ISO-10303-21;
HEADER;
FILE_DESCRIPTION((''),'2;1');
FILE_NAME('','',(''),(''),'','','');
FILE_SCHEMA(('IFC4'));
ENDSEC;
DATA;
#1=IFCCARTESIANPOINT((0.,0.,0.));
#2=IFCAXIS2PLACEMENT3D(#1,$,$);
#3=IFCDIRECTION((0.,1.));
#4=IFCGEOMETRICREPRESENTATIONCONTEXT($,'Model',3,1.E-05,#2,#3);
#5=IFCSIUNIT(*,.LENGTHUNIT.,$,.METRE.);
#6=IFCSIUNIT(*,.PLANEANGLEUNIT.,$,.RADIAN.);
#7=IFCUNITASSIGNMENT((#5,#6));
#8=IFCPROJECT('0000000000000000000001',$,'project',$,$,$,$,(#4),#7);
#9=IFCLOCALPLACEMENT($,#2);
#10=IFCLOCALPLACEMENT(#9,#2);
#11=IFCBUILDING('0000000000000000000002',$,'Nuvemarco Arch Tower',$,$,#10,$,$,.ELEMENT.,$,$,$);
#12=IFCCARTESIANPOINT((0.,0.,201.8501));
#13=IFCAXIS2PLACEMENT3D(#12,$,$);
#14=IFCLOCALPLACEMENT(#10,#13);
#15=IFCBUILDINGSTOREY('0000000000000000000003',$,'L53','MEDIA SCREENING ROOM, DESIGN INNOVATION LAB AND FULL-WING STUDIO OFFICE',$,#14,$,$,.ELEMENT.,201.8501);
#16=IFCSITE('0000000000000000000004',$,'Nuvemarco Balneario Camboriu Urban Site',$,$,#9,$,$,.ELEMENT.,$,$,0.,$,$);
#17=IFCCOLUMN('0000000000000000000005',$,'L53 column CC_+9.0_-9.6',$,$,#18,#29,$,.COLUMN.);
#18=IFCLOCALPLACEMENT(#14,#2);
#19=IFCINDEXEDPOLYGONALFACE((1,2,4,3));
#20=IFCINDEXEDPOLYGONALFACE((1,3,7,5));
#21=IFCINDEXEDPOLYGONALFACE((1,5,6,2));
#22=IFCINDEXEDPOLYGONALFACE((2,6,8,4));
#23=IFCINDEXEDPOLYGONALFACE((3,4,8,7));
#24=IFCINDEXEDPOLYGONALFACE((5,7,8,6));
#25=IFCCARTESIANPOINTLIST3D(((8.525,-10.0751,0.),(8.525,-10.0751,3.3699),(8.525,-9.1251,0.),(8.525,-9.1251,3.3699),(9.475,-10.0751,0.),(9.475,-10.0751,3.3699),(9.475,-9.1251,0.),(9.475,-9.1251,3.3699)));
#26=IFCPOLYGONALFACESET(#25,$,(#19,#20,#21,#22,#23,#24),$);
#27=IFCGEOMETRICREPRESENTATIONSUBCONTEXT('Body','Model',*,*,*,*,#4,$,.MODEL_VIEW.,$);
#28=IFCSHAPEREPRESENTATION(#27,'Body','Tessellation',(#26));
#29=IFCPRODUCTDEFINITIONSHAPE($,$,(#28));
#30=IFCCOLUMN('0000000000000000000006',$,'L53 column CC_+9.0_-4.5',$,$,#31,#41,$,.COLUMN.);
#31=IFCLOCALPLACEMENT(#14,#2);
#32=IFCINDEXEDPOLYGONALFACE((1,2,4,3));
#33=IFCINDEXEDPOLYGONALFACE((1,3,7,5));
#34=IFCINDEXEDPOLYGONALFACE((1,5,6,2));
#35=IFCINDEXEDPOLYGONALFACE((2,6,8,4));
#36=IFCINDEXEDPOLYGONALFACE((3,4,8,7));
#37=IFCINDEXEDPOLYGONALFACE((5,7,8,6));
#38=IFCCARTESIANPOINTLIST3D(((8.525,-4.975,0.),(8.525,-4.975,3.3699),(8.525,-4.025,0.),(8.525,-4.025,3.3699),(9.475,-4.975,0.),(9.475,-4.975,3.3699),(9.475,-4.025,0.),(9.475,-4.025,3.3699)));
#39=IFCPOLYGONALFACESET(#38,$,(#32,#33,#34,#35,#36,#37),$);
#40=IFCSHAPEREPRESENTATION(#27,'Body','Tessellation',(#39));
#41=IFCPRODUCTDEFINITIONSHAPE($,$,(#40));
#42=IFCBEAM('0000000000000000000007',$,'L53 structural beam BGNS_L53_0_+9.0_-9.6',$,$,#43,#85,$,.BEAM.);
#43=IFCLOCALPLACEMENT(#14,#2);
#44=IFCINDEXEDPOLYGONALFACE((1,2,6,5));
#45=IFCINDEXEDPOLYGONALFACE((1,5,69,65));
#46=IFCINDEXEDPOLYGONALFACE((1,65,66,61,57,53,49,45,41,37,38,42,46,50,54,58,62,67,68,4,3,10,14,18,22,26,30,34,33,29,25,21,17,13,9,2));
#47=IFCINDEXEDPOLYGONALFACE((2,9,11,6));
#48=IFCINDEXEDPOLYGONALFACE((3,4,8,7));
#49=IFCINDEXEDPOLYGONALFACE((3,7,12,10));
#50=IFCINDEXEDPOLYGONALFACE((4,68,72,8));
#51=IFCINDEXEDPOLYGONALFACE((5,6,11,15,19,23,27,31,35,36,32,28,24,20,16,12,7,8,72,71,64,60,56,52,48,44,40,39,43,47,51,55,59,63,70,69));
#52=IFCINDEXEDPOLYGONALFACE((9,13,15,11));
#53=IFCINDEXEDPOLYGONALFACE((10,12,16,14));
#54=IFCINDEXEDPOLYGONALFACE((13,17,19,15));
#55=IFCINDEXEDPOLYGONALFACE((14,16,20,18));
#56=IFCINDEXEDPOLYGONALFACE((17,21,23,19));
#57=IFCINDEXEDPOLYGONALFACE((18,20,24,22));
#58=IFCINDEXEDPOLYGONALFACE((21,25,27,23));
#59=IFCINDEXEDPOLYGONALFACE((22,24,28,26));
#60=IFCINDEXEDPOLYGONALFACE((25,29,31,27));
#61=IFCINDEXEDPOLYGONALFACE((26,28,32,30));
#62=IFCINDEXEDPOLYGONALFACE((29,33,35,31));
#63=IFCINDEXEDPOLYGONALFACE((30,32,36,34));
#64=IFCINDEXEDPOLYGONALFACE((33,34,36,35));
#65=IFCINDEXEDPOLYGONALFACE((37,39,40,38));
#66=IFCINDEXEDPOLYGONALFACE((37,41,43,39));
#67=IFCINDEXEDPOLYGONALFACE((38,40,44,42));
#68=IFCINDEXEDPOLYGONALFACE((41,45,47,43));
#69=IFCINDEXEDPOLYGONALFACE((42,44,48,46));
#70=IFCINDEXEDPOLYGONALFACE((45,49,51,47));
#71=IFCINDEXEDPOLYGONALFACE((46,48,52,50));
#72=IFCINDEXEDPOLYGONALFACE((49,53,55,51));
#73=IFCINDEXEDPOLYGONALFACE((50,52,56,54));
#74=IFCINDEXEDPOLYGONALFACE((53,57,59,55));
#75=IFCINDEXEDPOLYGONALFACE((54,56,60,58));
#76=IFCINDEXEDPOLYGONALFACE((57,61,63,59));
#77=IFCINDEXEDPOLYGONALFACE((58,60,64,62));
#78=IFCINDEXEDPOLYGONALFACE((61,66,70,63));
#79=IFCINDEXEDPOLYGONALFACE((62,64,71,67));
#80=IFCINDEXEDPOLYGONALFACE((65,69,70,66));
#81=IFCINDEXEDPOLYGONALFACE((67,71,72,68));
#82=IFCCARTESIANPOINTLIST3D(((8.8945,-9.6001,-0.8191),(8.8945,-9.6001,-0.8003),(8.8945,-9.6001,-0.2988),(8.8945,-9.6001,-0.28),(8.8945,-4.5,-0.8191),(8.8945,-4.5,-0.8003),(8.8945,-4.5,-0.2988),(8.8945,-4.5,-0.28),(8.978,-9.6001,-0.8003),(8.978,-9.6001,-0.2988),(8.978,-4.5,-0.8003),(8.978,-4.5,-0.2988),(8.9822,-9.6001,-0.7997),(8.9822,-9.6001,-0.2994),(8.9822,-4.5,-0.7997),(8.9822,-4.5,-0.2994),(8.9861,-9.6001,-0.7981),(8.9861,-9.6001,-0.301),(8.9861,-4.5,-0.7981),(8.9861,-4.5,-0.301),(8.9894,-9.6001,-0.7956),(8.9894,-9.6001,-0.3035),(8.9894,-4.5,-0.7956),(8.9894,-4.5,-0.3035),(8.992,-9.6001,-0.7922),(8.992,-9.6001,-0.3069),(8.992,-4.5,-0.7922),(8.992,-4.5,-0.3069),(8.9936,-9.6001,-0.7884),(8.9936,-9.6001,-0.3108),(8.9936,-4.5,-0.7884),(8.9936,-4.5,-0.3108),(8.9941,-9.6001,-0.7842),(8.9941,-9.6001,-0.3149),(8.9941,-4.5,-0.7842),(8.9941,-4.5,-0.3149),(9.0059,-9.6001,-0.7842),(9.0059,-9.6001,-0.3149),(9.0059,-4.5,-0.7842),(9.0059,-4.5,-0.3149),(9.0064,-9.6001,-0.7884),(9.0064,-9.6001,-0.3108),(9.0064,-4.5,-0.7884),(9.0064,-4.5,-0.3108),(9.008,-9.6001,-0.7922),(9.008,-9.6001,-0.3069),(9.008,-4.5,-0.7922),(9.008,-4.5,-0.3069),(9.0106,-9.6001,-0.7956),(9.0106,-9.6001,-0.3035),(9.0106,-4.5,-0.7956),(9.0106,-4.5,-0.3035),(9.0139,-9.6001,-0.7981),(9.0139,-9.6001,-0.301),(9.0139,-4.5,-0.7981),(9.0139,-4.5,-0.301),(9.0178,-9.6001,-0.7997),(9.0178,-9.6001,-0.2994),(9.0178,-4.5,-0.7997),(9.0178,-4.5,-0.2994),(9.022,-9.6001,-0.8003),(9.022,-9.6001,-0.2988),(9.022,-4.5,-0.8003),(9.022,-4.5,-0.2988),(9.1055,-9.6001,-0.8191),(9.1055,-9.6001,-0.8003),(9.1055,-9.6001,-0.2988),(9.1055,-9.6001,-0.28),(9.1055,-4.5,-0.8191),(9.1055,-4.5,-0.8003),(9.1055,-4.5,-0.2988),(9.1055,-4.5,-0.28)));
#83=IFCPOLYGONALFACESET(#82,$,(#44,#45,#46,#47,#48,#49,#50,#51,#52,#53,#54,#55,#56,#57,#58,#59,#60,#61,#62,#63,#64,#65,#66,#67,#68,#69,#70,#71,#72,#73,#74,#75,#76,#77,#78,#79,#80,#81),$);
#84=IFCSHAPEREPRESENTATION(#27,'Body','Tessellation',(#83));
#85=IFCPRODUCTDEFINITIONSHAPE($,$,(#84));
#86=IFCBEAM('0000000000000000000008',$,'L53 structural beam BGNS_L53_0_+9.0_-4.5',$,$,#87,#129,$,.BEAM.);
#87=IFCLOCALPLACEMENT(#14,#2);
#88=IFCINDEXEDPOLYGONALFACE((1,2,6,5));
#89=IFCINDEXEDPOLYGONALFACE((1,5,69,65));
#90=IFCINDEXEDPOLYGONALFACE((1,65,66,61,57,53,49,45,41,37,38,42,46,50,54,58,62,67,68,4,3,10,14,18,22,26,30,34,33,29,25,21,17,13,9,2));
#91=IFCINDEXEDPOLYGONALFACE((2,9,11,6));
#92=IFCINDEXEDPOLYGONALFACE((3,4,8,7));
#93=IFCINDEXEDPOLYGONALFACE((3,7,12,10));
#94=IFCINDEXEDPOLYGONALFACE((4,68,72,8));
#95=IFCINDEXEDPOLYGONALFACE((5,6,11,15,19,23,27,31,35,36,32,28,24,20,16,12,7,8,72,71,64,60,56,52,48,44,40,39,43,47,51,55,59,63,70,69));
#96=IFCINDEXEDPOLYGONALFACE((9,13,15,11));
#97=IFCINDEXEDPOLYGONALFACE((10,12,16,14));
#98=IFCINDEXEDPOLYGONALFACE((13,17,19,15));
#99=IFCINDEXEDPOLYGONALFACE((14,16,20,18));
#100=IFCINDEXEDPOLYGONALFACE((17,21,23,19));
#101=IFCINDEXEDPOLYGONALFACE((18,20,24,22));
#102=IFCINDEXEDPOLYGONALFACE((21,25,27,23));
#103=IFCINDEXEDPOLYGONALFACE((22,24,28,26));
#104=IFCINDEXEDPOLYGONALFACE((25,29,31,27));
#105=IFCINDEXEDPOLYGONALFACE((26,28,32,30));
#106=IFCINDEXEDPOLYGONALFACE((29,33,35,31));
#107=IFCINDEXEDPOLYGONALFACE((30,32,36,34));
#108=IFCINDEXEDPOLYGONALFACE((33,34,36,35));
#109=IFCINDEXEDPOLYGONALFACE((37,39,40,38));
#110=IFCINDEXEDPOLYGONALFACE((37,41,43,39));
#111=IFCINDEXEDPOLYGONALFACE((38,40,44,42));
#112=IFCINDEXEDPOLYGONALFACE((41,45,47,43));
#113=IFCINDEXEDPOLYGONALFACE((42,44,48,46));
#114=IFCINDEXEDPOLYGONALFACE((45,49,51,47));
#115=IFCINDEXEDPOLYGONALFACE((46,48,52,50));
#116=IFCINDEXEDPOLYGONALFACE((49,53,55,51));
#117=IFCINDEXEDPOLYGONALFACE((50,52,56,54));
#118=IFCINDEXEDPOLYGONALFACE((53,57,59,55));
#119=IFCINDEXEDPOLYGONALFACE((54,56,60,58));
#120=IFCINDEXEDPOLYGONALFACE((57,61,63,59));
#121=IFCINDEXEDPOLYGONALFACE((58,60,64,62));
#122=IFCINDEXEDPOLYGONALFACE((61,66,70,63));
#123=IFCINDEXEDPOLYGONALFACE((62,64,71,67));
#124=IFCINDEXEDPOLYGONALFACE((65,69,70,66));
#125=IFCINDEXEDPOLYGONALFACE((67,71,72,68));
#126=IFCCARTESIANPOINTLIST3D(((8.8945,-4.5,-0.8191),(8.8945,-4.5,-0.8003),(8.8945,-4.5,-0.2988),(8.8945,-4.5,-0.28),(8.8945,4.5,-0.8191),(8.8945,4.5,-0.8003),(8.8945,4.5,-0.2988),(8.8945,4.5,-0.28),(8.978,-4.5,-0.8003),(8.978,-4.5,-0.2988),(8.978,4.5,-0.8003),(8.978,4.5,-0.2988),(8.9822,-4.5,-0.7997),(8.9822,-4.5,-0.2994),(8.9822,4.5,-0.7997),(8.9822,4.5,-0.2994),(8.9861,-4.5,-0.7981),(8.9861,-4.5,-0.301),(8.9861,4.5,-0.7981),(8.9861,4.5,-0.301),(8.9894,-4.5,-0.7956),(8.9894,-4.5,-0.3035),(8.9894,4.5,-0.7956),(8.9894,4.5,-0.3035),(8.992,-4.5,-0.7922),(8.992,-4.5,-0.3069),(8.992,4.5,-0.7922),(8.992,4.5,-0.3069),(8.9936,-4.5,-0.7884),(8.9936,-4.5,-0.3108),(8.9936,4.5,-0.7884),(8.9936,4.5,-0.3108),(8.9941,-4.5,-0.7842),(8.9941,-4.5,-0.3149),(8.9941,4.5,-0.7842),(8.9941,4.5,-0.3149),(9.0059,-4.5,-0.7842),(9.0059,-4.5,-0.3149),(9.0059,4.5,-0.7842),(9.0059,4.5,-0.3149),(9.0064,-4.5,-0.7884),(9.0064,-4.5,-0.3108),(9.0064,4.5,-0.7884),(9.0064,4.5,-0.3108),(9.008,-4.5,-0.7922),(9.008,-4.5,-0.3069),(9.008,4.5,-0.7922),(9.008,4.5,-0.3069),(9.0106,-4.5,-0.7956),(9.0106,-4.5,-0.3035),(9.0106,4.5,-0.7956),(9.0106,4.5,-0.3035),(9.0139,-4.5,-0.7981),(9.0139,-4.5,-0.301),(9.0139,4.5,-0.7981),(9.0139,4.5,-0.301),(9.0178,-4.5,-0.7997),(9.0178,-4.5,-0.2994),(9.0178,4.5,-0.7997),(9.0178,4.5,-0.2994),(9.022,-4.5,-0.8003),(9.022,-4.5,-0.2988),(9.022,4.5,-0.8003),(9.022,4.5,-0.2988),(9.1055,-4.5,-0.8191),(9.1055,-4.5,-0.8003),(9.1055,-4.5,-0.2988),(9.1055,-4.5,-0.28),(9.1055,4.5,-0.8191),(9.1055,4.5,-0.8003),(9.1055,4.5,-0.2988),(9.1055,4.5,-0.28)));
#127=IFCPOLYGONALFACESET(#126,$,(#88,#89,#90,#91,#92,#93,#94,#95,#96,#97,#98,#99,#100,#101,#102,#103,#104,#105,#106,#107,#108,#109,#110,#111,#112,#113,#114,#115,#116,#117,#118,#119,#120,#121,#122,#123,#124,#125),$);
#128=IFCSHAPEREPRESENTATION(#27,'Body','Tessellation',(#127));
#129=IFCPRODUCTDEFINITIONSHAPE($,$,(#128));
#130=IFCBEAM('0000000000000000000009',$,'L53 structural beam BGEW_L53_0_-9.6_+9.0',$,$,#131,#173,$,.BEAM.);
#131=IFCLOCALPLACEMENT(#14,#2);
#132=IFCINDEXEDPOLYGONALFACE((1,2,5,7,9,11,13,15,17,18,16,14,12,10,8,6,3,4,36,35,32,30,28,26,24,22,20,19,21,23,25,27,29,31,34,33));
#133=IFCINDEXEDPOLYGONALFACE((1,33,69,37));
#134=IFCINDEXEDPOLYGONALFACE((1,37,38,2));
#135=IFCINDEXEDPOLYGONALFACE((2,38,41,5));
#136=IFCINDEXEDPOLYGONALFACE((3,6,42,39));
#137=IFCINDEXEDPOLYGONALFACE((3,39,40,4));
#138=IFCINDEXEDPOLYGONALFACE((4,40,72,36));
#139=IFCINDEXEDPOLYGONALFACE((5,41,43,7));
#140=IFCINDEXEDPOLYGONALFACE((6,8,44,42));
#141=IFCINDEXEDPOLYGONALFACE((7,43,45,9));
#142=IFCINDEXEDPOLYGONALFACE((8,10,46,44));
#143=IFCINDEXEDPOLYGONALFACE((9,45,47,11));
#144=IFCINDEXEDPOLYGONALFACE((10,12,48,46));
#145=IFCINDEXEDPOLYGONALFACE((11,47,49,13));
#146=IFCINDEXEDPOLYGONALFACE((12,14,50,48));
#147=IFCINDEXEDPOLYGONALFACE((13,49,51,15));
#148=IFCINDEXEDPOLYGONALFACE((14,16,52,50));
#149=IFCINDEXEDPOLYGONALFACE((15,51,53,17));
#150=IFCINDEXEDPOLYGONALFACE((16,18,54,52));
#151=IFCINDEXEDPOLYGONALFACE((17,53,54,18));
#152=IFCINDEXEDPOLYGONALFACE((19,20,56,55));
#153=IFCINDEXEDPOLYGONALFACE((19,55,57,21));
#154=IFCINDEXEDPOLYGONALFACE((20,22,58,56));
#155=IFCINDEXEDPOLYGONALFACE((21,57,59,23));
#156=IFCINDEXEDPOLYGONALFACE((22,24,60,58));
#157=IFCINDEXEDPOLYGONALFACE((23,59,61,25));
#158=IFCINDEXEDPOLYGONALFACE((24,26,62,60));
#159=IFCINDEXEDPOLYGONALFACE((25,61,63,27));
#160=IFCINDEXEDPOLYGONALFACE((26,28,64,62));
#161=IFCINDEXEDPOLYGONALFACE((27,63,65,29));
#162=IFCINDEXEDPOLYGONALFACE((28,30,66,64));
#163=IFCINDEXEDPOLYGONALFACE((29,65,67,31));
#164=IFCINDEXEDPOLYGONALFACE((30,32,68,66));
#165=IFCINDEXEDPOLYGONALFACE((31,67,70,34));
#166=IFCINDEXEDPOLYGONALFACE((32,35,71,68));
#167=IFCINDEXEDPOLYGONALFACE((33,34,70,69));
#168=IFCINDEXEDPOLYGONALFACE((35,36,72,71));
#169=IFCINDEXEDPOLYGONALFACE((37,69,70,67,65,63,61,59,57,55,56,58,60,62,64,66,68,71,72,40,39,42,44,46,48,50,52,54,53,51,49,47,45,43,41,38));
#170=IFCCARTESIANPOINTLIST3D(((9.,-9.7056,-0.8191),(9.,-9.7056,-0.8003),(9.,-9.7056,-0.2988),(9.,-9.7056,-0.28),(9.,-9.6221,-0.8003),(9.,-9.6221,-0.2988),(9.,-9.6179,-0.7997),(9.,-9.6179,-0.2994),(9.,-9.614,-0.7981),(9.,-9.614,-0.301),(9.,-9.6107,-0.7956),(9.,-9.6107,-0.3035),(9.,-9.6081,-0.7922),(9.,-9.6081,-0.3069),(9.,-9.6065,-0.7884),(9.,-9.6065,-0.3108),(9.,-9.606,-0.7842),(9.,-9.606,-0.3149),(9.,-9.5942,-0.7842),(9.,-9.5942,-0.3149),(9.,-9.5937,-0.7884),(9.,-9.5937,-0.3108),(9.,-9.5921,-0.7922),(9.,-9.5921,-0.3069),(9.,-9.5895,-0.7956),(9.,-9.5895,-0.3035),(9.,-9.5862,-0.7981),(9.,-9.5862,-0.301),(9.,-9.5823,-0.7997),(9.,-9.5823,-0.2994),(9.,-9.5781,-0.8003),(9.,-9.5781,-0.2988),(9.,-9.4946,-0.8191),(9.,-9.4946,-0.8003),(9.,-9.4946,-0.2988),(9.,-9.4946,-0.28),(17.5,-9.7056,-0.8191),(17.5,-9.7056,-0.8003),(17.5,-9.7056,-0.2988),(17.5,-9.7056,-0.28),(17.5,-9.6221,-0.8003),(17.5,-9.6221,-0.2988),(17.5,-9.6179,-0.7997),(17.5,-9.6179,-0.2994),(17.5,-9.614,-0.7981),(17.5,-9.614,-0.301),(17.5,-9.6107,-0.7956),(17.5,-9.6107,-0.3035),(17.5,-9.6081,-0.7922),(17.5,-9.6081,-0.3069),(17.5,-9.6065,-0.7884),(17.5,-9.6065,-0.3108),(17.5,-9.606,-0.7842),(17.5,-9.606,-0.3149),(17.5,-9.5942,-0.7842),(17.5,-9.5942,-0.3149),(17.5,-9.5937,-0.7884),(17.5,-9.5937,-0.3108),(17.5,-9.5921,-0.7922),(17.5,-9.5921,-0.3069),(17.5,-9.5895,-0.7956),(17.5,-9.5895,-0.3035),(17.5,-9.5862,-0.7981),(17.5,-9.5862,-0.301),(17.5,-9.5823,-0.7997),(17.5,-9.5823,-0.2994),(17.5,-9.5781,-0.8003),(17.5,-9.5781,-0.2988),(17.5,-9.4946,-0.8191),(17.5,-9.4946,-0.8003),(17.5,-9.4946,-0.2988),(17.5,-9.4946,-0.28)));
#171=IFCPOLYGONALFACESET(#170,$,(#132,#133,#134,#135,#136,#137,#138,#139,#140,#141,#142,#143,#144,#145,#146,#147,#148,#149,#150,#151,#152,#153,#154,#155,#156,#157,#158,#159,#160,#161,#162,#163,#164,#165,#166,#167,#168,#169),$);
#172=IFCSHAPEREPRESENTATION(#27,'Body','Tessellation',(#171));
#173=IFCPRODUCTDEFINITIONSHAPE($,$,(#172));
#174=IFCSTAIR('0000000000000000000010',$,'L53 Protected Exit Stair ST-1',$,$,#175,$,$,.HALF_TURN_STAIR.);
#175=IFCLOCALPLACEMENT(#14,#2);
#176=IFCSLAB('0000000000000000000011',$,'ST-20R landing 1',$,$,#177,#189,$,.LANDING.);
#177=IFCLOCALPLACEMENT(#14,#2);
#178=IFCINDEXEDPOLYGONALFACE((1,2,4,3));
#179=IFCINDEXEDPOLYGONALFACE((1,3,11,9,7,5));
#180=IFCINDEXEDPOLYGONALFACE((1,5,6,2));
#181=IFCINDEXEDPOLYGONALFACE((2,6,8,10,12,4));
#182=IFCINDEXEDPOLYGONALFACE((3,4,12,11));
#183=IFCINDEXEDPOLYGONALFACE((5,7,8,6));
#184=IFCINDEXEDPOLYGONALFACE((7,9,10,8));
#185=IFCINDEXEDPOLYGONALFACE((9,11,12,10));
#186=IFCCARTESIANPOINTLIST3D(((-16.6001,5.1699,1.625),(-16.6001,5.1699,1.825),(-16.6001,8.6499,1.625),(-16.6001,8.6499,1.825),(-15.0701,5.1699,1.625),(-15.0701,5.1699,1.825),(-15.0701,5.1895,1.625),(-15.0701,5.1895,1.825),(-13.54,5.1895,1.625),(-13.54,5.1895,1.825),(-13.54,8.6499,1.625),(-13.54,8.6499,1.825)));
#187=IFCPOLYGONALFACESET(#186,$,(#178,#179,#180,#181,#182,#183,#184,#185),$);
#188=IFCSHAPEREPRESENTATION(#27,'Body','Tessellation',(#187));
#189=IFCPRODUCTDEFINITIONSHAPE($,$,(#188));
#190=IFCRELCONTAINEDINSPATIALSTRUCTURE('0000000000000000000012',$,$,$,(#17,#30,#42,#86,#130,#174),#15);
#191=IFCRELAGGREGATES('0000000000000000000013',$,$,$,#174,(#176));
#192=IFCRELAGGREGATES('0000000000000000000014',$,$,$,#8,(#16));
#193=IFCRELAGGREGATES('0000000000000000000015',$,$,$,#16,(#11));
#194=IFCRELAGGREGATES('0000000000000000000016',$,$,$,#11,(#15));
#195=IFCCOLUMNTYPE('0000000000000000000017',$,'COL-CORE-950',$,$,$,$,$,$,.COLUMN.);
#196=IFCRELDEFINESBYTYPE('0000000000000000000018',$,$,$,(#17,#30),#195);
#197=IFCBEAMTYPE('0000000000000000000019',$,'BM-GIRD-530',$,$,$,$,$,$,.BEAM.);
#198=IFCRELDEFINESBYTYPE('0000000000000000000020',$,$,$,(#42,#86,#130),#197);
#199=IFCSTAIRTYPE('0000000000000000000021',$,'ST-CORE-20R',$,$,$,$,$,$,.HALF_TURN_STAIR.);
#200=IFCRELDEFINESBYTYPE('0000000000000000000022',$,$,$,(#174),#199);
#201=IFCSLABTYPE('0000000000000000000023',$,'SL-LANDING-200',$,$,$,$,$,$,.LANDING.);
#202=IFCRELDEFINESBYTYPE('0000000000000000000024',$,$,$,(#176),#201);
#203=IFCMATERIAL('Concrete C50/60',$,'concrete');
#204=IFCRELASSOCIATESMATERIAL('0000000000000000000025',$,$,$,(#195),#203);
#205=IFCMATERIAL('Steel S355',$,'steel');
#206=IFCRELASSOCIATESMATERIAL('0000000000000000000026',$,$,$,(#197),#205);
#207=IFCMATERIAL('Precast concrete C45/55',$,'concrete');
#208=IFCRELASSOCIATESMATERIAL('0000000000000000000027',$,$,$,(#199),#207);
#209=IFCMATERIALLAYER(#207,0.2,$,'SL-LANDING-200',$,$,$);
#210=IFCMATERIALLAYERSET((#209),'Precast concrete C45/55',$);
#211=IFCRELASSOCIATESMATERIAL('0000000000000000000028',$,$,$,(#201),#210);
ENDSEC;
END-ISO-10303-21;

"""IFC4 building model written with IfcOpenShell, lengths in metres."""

from ifc_helpers import new_model, si_unit, direction, frame, origin, origin_2d, place, context, subcontext, project, spatial, polyline, rectangle, i_section, outline, extrude, material, layer, layer_set, material_profile, profile_set, type_object, element, aggregate, save


model = new_model("IFC4")

# Units and contexts
model_context = context("Model", 3, precision=1e-05, world=origin(), true_north=direction((0.0, 1.0)))
body_context = subcontext(model_context, "Body", "Model", "MODEL_VIEW")
ifc_project = project(units=[si_unit("LENGTHUNIT", "METRE"), si_unit("PLANEANGLEUNIT", "RADIAN")], contexts=[model_context])

# Site, building, storey
site_placement = place(None, origin())
site = spatial("IfcSite", under=ifc_project, at=site_placement, Name="Nuvemarco Balneario Camboriu Urban Site", CompositionType="ELEMENT", RefElevation=0.0)
building_placement = place(site_placement, origin())
building = spatial("IfcBuilding", under=site, at=building_placement, Name="Nuvemarco Arch Tower", CompositionType="ELEMENT")
storey_placement = place(building_placement, frame((0.0, 0.0, 201.8501)))
storey = spatial("IfcBuildingStorey", under=building, at=storey_placement, Name="L53", Description="MEDIA SCREENING ROOM, DESIGN INNOVATION LAB AND FULL-WING STUDIO OFFICE", CompositionType="ELEMENT", Elevation=201.8501)

# Columns
ifc_material_1 = material(Name="Concrete C50/60", Category="concrete")
ifc_material_profile_1 = material_profile(ifc_material_1, rectangle(XDim=0.95, YDim=0.95, at=origin_2d()), Name="RC-COL-950x950")
ifc_profile_set_1 = profile_set([ifc_material_profile_1], Name="Concrete C50/60")
column_type = type_object("IfcColumnType", Name="COL-CORE-950", PredefinedType="COLUMN", material=ifc_profile_set_1)
for number, where, z_axis, x_axis, name in (
    (1, (9.0, -9.6001, 0.0), (0.0, 0.0, 1.0), (1.0, 0.0, 0.0), "L53 column CC_+9.0_-9.6"),
    (2, (9.0, -4.5, 0.0), (0.0, 0.0, 1.0), (1.0, 0.0, 0.0), "L53 column CC_+9.0_-4.5"),
):
    element("IfcColumn", number, at=place(storey_placement, frame(where, z_axis=z_axis, x_axis=x_axis)), inside=storey, type_object=column_type, Name=name, PredefinedType="COLUMN", context=body_context, shape_type="SweptSolid", body=[
        extrude(rectangle(XDim=0.95, YDim=0.95, at=origin_2d()), origin(), (0.0, 0.0, 1.0), 3.3699),
    ])

# Beams
ifc_material_2 = material(Name="Steel S355", Category="steel")
ifc_material_profile_2 = material_profile(ifc_material_2, i_section(OverallWidth=0.2109, OverallDepth=0.5391, WebThickness=0.0117, FlangeThickness=0.0188, FilletRadius=0.0161, at=origin_2d()), Name="W530x109")
ifc_profile_set_2 = profile_set([ifc_material_profile_2], Name="Steel S355")
beam_type = type_object("IfcBeamType", Name="BM-GIRD-530", PredefinedType="BEAM", material=ifc_profile_set_2)
beam_1_placement = place(storey_placement, frame((9.0, -9.6001, -0.5496), z_axis=(0.0, 1.0, 0.0), x_axis=(-1.0, 0.0, 0.0)))
element("IfcBeam", 3, at=beam_1_placement, inside=storey, type_object=beam_type, Name="L53 structural beam BGNS_L53_0_+9.0_-9.6", PredefinedType="BEAM", context=body_context, shape_type="SweptSolid", body=[
    extrude(i_section(OverallWidth=0.2109, OverallDepth=0.5391, WebThickness=0.0117, FlangeThickness=0.0188, FilletRadius=0.0161, at=origin_2d()), origin(), (0.0, 0.0, 1.0), 5.1001),
])
beam_2_placement = place(storey_placement, frame((9.0, -4.5, -0.5496), z_axis=(0.0, 1.0, 0.0), x_axis=(-1.0, 0.0, 0.0)))
element("IfcBeam", 4, at=beam_2_placement, inside=storey, type_object=beam_type, Name="L53 structural beam BGNS_L53_0_+9.0_-4.5", PredefinedType="BEAM", context=body_context, shape_type="SweptSolid", body=[
    extrude(i_section(OverallWidth=0.2109, OverallDepth=0.5391, WebThickness=0.0117, FlangeThickness=0.0188, FilletRadius=0.0161, at=origin_2d()), origin(), (0.0, 0.0, 1.0), 9.0),
])
beam_3_placement = place(storey_placement, frame((9.0, -9.6001, -0.5496), z_axis=(1.0, 0.0, 0.0), x_axis=(0.0, 1.0, 0.0)))
element("IfcBeam", 5, at=beam_3_placement, inside=storey, type_object=beam_type, Name="L53 structural beam BGEW_L53_0_-9.6_+9.0", PredefinedType="BEAM", context=body_context, shape_type="SweptSolid", body=[
    extrude(i_section(OverallWidth=0.2109, OverallDepth=0.5391, WebThickness=0.0117, FlangeThickness=0.0188, FilletRadius=0.0161, at=origin_2d()), origin(), (0.0, 0.0, 1.0), 8.5),
])

# Stair, slab
ifc_material_3 = material(Name="Precast concrete C45/55", Category="concrete")
stair_type = type_object("IfcStairType", Name="ST-CORE-20R", PredefinedType="HALF_TURN_STAIR", material=ifc_material_3)
stair_1_placement = place(storey_placement, origin())
stair_1 = element("IfcStair", 6, at=stair_1_placement, inside=storey, type_object=stair_type, Name="L53 Protected Exit Stair ST-1", PredefinedType="HALF_TURN_STAIR")
ifc_layer_1 = layer(ifc_material_3, 0.2, Name="SL-LANDING-200")
ifc_layer_set_1 = layer_set([ifc_layer_1], Name="Precast concrete C45/55")
slab_type = type_object("IfcSlabType", Name="SL-LANDING-200", PredefinedType="LANDING", material=ifc_layer_set_1)
slab_1_placement = place(storey_placement, frame((0.0, 0.0, 1.625)))
slab_1 = element("IfcSlab", 7, at=slab_1_placement, type_object=slab_type, Name="ST-20R landing 1", PredefinedType="LANDING", context=body_context, shape_type="SweptSolid", body=[
    extrude(outline(polyline([(-13.54, 5.1895), (-13.54, 8.6499), (-16.6001, 8.6499), (-16.6001, 5.1699), (-15.0701, 5.1699), (-15.0701, 5.1895), (-13.54, 5.1895)])), origin(), (0.0, 0.0, 1.0), 0.2),
])
aggregate(stair_1, [slab_1])

save(model, "model.ifc")
